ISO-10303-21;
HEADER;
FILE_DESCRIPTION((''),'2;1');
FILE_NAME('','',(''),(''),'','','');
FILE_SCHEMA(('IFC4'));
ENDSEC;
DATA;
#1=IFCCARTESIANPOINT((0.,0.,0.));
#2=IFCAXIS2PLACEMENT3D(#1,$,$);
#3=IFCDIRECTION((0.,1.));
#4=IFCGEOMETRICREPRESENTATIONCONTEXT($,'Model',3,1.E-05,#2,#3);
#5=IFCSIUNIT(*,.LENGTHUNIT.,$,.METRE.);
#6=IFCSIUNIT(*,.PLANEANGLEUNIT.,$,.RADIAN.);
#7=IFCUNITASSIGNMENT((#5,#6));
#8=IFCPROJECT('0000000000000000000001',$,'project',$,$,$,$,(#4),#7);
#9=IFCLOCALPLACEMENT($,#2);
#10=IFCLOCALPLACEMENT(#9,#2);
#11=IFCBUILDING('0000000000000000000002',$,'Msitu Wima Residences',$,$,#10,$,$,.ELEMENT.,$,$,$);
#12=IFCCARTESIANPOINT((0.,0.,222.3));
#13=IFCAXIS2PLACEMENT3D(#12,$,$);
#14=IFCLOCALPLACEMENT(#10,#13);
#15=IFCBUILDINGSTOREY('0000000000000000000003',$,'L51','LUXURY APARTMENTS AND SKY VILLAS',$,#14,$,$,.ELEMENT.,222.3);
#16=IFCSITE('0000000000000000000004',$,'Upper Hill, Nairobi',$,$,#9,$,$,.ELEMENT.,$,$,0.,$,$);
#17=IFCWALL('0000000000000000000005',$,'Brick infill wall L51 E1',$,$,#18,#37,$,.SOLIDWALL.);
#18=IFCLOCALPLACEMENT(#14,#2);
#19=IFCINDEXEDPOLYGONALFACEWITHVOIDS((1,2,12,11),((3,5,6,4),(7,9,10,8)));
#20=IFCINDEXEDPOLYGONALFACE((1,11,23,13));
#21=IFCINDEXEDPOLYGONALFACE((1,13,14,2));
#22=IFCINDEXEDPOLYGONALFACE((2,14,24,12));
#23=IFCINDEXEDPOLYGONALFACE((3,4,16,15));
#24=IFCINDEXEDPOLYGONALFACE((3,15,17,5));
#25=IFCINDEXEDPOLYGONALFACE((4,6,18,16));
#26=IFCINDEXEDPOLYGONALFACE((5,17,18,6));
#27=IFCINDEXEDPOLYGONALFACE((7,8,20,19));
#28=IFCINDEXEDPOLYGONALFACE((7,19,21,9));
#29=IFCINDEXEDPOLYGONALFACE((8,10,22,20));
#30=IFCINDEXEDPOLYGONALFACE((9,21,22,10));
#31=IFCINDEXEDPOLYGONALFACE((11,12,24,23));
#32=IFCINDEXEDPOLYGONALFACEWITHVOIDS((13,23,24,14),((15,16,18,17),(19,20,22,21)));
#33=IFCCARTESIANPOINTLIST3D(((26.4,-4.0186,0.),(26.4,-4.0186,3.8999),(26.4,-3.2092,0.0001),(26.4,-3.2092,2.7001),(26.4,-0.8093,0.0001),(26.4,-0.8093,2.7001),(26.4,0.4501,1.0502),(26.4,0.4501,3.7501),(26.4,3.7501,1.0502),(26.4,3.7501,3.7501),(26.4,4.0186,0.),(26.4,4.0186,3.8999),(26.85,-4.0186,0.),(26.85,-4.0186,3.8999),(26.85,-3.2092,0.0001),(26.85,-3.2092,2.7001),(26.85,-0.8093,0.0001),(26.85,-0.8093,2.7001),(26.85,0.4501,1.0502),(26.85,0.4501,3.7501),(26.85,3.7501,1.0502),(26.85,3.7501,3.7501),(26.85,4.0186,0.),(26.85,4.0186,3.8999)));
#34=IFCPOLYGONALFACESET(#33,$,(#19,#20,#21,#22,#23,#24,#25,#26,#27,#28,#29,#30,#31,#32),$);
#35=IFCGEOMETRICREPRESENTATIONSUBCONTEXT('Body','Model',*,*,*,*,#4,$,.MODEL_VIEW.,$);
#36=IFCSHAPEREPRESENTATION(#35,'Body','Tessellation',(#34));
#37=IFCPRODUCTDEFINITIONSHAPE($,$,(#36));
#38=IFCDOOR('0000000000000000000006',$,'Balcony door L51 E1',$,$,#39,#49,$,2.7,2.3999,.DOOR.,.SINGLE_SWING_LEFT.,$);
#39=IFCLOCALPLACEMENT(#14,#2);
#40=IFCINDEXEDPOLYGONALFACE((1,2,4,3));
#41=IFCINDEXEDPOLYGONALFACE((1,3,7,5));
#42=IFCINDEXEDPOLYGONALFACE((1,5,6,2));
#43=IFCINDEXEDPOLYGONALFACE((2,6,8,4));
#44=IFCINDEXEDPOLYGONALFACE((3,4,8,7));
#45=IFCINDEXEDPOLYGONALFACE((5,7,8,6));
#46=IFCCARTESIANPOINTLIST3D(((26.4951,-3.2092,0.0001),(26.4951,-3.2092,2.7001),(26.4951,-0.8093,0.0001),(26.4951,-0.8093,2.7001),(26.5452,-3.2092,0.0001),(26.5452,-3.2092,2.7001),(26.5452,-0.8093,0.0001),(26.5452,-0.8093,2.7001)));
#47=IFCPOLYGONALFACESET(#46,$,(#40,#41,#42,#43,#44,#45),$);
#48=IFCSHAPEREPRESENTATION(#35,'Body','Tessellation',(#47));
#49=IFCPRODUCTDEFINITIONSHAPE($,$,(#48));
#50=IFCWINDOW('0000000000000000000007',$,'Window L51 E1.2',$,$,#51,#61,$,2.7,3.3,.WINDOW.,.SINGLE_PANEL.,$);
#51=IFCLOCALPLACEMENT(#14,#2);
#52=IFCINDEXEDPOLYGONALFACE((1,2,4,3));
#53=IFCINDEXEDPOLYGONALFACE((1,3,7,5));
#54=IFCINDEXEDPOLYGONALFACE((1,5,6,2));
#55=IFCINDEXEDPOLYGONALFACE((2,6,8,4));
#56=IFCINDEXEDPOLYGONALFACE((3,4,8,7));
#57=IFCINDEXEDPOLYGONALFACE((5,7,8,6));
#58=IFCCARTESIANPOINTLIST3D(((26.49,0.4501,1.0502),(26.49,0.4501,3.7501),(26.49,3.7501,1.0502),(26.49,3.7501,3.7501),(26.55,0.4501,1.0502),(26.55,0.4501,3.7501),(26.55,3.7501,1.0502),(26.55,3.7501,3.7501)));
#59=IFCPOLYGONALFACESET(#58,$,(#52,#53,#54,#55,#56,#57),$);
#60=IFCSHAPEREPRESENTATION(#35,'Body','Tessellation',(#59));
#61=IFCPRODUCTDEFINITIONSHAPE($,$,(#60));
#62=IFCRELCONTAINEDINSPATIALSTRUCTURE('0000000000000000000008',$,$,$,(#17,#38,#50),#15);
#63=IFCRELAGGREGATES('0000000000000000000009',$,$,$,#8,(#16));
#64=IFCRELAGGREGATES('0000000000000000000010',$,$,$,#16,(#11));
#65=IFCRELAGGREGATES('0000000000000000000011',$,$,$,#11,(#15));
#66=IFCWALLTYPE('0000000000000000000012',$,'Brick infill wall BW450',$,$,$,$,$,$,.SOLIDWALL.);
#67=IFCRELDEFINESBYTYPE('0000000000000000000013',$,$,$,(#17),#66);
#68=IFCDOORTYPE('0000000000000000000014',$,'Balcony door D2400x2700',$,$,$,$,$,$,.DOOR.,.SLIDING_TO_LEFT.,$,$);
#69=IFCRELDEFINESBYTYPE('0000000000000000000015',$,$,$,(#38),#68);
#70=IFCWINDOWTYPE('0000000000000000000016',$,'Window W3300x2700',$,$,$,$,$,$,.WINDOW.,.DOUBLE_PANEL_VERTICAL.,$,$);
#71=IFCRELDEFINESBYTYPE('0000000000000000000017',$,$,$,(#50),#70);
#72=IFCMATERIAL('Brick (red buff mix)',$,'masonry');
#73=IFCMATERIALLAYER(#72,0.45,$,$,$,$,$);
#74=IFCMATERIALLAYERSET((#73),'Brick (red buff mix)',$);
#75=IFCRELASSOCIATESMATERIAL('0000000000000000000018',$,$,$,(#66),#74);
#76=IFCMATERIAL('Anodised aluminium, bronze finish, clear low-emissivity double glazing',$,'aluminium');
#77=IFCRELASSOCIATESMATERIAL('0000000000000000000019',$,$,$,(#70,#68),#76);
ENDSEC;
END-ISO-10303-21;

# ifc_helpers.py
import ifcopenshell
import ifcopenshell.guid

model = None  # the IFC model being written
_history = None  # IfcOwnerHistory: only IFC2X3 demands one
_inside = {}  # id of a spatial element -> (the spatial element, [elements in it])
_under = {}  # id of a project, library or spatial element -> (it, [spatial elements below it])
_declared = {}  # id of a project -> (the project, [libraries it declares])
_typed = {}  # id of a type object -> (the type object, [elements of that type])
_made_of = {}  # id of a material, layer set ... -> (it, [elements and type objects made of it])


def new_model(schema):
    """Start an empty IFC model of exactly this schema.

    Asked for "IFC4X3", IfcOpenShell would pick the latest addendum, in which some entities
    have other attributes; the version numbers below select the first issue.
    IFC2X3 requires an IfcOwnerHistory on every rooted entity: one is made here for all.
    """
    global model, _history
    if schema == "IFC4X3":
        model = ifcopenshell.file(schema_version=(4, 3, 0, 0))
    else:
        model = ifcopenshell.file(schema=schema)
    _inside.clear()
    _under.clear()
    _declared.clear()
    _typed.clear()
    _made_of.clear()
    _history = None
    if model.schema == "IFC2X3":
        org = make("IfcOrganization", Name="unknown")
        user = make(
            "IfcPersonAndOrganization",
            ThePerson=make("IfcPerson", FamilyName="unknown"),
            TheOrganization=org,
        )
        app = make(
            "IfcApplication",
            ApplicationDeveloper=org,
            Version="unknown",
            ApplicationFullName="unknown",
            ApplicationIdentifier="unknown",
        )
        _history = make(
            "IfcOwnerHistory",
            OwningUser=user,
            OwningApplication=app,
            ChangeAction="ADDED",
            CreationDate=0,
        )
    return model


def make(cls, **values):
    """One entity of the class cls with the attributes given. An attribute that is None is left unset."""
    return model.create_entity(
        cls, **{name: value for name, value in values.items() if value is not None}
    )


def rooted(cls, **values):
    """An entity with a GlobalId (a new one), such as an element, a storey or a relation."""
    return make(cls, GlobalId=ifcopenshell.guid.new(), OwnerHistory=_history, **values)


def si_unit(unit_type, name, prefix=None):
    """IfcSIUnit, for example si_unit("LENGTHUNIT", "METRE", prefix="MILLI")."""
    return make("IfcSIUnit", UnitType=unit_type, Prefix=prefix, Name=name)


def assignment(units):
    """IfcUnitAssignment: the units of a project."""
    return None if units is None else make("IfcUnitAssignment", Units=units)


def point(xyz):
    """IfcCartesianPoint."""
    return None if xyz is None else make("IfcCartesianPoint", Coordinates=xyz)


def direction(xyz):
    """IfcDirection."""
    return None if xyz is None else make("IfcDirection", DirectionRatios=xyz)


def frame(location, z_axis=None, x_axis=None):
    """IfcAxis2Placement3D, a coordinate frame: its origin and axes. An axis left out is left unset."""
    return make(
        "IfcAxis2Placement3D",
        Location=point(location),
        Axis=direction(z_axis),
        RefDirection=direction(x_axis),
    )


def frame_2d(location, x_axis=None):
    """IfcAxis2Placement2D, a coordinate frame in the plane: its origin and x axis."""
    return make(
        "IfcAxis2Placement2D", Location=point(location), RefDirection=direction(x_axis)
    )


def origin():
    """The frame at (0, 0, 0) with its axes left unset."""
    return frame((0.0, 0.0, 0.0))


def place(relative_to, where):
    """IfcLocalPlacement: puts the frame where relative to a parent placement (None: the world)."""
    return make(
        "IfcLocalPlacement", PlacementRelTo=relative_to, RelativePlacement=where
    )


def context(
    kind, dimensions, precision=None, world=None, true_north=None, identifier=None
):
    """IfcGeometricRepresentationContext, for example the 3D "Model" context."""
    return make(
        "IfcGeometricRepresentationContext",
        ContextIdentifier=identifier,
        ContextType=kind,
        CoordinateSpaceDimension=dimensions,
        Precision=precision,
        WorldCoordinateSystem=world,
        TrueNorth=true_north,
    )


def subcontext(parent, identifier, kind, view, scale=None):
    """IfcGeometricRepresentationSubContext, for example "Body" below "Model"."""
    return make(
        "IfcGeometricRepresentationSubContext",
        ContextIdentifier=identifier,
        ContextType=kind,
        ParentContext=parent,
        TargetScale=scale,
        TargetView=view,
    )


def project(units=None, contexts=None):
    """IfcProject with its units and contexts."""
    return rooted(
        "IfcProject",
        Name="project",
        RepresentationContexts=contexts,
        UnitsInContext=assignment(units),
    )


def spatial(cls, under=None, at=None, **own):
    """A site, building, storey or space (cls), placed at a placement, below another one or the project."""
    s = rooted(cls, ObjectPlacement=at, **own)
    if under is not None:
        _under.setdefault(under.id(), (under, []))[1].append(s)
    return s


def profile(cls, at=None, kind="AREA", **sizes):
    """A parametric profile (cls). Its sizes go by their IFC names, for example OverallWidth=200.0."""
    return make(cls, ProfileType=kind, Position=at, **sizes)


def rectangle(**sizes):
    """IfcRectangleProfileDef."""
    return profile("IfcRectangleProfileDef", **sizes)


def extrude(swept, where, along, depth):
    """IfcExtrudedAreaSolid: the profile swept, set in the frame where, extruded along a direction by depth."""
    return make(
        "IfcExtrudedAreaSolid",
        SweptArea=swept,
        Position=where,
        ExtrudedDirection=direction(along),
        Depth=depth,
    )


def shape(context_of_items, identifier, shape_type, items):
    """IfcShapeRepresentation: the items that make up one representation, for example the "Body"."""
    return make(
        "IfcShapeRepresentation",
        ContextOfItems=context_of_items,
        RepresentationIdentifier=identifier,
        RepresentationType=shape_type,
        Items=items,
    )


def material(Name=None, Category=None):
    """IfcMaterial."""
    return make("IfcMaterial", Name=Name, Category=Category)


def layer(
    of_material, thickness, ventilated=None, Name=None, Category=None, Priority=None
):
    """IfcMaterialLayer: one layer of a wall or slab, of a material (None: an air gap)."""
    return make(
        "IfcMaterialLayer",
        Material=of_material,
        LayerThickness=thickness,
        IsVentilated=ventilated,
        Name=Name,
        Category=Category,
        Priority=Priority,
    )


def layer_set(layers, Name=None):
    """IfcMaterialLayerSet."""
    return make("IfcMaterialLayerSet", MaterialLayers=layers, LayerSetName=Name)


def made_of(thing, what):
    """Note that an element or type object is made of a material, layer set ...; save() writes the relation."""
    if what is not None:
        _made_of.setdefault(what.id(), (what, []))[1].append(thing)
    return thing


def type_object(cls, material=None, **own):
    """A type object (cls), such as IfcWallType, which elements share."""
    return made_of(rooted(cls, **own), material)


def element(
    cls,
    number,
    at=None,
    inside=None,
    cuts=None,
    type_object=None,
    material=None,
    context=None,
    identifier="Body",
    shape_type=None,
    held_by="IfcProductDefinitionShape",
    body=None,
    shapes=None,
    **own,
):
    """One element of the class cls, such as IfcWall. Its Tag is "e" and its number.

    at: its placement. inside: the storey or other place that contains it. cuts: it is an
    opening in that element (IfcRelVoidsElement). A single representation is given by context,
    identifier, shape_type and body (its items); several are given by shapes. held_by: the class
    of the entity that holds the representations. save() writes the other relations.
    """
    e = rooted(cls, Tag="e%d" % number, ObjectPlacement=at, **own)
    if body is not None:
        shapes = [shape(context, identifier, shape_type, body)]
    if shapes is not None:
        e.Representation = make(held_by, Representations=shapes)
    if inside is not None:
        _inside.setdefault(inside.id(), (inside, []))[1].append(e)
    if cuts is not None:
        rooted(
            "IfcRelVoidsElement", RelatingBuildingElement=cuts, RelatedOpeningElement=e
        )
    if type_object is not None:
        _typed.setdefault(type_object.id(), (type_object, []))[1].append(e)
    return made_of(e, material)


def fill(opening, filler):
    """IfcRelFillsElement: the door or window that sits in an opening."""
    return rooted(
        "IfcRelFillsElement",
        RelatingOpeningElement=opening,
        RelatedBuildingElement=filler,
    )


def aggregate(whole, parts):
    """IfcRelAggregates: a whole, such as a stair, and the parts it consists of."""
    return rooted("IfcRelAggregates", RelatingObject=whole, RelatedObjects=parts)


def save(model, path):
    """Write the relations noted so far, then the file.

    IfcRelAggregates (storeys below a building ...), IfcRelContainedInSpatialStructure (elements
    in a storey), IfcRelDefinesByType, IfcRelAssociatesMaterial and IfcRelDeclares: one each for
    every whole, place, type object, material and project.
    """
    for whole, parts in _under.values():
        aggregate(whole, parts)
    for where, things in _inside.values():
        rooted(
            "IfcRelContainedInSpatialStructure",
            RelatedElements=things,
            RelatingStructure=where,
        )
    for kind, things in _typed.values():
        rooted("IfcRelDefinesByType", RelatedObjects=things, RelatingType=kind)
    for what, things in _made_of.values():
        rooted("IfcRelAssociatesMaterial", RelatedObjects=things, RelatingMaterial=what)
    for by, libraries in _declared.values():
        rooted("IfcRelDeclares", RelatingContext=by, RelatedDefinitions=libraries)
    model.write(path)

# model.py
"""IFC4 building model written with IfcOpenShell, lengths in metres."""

from ifc_helpers import new_model, si_unit, direction, frame, frame_2d, origin, place, context, subcontext, project, spatial, rectangle, extrude, material, layer, layer_set, type_object, element, fill, save


model = new_model("IFC4")

# Units and contexts
model_context = context("Model", 3, precision=1e-05, world=origin(), true_north=direction((0.0, 1.0)))
body_context = subcontext(model_context, "Body", "Model", "MODEL_VIEW")
ifc_project = project(units=[si_unit("LENGTHUNIT", "METRE"), si_unit("PLANEANGLEUNIT", "RADIAN")], contexts=[model_context])

# Site, building, storey
site_placement = place(None, origin())
site = spatial("IfcSite", under=ifc_project, at=site_placement, Name="Upper Hill, Nairobi", CompositionType="ELEMENT", RefElevation=0.0)
building_placement = place(site_placement, origin())
building = spatial("IfcBuilding", under=site, at=building_placement, Name="Msitu Wima Residences", CompositionType="ELEMENT")
storey_placement = place(building_placement, frame((0.0, 0.0, 222.3)))
storey = spatial("IfcBuildingStorey", under=building, at=storey_placement, Name="L51", Description="LUXURY APARTMENTS AND SKY VILLAS", CompositionType="ELEMENT", Elevation=222.3)

# Shared definitions
ifc_material_1 = material(Name="Brick (red buff mix)", Category="masonry")
ifc_layer_1 = layer(ifc_material_1, 0.45)
ifc_layer_set_1 = layer_set([ifc_layer_1], Name="Brick (red buff mix)")
wall_type_1 = type_object("IfcWallType", Name="Brick infill wall BW450", PredefinedType="SOLIDWALL", material=ifc_layer_set_1)
ifc_material_2 = material(Name="Anodised aluminium, bronze finish, clear low-emissivity double glazing", Category="aluminium")
window_type = type_object("IfcWindowType", Name="Window W3300x2700", PartitioningType="DOUBLE_PANEL_VERTICAL", PredefinedType="WINDOW", material=ifc_material_2)

# Wall, openings, door, window
wall_1_placement = place(storey_placement, frame((26.625, -4.0186, 0.0), z_axis=(0.0, 0.0, 1.0), x_axis=(0.0, 1.0, 0.0)))
wall_1 = element("IfcWall", 1, at=wall_1_placement, inside=storey, type_object=wall_type_1, Name="Brick infill wall L51 E1", PredefinedType="SOLIDWALL", context=body_context, shape_type="SweptSolid", body=[
    extrude(rectangle(XDim=8.0371, YDim=0.45, at=frame_2d((4.0186, 0.0))), origin(), (0.0, 0.0, 1.0), 3.8999),
])
opening_1_placement = place(wall_1_placement, frame((0.8093, 0.0, 0.0)))
opening_1 = element("IfcOpeningElement", 2, at=opening_1_placement, cuts=wall_1, PredefinedType="OPENING", context=body_context, shape_type="SweptSolid", body=[
    extrude(rectangle(XDim=2.3999, YDim=2.7, at=frame_2d((1.2, 1.3501))), frame((0.0, 0.2349, 0.0), z_axis=(0.0, -1.0, 0.0), x_axis=(1.0, 0.0, 0.0)), (0.0, 0.0, 1.0), 0.47),
])
opening_2_placement = place(wall_1_placement, frame((4.4688, 0.0, 1.05)))
opening_2 = element("IfcOpeningElement", 3, at=opening_2_placement, cuts=wall_1, PredefinedType="OPENING", context=body_context, shape_type="SweptSolid", body=[
    extrude(rectangle(XDim=3.3, YDim=2.7, at=frame_2d((1.6499, 1.3501))), frame((0.0, 0.2349, 0.0), z_axis=(0.0, -1.0, 0.0), x_axis=(1.0, 0.0, 0.0)), (0.0, 0.0, 1.0), 0.47),
])
door_type = type_object("IfcDoorType", Name="Balcony door D2400x2700", OperationType="SLIDING_TO_LEFT", PredefinedType="DOOR", material=ifc_material_2)
door_placement = place(opening_1_placement, origin())
door = element("IfcDoor", 4, at=door_placement, inside=storey, type_object=door_type, Name="Balcony door L51 E1", OperationType="SINGLE_SWING_LEFT", OverallHeight=2.7, OverallWidth=2.3999, PredefinedType="DOOR", context=body_context, shape_type="SweptSolid", body=[
    extrude(rectangle(XDim=2.3999, YDim=2.7, at=frame_2d((1.2, 1.3501))), frame((0.0, 0.1299, 0.0), z_axis=(0.0, -1.0, 0.0), x_axis=(1.0, 0.0, 0.0)), (0.0, 0.0, 1.0), 0.05),
])
fill(opening_1, door)
window_1_placement = place(opening_2_placement, origin())
window_1 = element("IfcWindow", 5, at=window_1_placement, inside=storey, type_object=window_type, Name="Window L51 E1.2", OverallHeight=2.7, OverallWidth=3.3, PartitioningType="SINGLE_PANEL", PredefinedType="WINDOW", context=body_context, shape_type="SweptSolid", body=[
    extrude(rectangle(XDim=3.3, YDim=2.7, at=frame_2d((1.6499, 1.3501))), frame((0.0, 0.135, 0.0), z_axis=(0.0, -1.0, 0.0), x_axis=(1.0, 0.0, 0.0)), (0.0, 0.0, 1.0), 0.0601),
])
fill(opening_2, window_1)

save(model, "model.ifc")
